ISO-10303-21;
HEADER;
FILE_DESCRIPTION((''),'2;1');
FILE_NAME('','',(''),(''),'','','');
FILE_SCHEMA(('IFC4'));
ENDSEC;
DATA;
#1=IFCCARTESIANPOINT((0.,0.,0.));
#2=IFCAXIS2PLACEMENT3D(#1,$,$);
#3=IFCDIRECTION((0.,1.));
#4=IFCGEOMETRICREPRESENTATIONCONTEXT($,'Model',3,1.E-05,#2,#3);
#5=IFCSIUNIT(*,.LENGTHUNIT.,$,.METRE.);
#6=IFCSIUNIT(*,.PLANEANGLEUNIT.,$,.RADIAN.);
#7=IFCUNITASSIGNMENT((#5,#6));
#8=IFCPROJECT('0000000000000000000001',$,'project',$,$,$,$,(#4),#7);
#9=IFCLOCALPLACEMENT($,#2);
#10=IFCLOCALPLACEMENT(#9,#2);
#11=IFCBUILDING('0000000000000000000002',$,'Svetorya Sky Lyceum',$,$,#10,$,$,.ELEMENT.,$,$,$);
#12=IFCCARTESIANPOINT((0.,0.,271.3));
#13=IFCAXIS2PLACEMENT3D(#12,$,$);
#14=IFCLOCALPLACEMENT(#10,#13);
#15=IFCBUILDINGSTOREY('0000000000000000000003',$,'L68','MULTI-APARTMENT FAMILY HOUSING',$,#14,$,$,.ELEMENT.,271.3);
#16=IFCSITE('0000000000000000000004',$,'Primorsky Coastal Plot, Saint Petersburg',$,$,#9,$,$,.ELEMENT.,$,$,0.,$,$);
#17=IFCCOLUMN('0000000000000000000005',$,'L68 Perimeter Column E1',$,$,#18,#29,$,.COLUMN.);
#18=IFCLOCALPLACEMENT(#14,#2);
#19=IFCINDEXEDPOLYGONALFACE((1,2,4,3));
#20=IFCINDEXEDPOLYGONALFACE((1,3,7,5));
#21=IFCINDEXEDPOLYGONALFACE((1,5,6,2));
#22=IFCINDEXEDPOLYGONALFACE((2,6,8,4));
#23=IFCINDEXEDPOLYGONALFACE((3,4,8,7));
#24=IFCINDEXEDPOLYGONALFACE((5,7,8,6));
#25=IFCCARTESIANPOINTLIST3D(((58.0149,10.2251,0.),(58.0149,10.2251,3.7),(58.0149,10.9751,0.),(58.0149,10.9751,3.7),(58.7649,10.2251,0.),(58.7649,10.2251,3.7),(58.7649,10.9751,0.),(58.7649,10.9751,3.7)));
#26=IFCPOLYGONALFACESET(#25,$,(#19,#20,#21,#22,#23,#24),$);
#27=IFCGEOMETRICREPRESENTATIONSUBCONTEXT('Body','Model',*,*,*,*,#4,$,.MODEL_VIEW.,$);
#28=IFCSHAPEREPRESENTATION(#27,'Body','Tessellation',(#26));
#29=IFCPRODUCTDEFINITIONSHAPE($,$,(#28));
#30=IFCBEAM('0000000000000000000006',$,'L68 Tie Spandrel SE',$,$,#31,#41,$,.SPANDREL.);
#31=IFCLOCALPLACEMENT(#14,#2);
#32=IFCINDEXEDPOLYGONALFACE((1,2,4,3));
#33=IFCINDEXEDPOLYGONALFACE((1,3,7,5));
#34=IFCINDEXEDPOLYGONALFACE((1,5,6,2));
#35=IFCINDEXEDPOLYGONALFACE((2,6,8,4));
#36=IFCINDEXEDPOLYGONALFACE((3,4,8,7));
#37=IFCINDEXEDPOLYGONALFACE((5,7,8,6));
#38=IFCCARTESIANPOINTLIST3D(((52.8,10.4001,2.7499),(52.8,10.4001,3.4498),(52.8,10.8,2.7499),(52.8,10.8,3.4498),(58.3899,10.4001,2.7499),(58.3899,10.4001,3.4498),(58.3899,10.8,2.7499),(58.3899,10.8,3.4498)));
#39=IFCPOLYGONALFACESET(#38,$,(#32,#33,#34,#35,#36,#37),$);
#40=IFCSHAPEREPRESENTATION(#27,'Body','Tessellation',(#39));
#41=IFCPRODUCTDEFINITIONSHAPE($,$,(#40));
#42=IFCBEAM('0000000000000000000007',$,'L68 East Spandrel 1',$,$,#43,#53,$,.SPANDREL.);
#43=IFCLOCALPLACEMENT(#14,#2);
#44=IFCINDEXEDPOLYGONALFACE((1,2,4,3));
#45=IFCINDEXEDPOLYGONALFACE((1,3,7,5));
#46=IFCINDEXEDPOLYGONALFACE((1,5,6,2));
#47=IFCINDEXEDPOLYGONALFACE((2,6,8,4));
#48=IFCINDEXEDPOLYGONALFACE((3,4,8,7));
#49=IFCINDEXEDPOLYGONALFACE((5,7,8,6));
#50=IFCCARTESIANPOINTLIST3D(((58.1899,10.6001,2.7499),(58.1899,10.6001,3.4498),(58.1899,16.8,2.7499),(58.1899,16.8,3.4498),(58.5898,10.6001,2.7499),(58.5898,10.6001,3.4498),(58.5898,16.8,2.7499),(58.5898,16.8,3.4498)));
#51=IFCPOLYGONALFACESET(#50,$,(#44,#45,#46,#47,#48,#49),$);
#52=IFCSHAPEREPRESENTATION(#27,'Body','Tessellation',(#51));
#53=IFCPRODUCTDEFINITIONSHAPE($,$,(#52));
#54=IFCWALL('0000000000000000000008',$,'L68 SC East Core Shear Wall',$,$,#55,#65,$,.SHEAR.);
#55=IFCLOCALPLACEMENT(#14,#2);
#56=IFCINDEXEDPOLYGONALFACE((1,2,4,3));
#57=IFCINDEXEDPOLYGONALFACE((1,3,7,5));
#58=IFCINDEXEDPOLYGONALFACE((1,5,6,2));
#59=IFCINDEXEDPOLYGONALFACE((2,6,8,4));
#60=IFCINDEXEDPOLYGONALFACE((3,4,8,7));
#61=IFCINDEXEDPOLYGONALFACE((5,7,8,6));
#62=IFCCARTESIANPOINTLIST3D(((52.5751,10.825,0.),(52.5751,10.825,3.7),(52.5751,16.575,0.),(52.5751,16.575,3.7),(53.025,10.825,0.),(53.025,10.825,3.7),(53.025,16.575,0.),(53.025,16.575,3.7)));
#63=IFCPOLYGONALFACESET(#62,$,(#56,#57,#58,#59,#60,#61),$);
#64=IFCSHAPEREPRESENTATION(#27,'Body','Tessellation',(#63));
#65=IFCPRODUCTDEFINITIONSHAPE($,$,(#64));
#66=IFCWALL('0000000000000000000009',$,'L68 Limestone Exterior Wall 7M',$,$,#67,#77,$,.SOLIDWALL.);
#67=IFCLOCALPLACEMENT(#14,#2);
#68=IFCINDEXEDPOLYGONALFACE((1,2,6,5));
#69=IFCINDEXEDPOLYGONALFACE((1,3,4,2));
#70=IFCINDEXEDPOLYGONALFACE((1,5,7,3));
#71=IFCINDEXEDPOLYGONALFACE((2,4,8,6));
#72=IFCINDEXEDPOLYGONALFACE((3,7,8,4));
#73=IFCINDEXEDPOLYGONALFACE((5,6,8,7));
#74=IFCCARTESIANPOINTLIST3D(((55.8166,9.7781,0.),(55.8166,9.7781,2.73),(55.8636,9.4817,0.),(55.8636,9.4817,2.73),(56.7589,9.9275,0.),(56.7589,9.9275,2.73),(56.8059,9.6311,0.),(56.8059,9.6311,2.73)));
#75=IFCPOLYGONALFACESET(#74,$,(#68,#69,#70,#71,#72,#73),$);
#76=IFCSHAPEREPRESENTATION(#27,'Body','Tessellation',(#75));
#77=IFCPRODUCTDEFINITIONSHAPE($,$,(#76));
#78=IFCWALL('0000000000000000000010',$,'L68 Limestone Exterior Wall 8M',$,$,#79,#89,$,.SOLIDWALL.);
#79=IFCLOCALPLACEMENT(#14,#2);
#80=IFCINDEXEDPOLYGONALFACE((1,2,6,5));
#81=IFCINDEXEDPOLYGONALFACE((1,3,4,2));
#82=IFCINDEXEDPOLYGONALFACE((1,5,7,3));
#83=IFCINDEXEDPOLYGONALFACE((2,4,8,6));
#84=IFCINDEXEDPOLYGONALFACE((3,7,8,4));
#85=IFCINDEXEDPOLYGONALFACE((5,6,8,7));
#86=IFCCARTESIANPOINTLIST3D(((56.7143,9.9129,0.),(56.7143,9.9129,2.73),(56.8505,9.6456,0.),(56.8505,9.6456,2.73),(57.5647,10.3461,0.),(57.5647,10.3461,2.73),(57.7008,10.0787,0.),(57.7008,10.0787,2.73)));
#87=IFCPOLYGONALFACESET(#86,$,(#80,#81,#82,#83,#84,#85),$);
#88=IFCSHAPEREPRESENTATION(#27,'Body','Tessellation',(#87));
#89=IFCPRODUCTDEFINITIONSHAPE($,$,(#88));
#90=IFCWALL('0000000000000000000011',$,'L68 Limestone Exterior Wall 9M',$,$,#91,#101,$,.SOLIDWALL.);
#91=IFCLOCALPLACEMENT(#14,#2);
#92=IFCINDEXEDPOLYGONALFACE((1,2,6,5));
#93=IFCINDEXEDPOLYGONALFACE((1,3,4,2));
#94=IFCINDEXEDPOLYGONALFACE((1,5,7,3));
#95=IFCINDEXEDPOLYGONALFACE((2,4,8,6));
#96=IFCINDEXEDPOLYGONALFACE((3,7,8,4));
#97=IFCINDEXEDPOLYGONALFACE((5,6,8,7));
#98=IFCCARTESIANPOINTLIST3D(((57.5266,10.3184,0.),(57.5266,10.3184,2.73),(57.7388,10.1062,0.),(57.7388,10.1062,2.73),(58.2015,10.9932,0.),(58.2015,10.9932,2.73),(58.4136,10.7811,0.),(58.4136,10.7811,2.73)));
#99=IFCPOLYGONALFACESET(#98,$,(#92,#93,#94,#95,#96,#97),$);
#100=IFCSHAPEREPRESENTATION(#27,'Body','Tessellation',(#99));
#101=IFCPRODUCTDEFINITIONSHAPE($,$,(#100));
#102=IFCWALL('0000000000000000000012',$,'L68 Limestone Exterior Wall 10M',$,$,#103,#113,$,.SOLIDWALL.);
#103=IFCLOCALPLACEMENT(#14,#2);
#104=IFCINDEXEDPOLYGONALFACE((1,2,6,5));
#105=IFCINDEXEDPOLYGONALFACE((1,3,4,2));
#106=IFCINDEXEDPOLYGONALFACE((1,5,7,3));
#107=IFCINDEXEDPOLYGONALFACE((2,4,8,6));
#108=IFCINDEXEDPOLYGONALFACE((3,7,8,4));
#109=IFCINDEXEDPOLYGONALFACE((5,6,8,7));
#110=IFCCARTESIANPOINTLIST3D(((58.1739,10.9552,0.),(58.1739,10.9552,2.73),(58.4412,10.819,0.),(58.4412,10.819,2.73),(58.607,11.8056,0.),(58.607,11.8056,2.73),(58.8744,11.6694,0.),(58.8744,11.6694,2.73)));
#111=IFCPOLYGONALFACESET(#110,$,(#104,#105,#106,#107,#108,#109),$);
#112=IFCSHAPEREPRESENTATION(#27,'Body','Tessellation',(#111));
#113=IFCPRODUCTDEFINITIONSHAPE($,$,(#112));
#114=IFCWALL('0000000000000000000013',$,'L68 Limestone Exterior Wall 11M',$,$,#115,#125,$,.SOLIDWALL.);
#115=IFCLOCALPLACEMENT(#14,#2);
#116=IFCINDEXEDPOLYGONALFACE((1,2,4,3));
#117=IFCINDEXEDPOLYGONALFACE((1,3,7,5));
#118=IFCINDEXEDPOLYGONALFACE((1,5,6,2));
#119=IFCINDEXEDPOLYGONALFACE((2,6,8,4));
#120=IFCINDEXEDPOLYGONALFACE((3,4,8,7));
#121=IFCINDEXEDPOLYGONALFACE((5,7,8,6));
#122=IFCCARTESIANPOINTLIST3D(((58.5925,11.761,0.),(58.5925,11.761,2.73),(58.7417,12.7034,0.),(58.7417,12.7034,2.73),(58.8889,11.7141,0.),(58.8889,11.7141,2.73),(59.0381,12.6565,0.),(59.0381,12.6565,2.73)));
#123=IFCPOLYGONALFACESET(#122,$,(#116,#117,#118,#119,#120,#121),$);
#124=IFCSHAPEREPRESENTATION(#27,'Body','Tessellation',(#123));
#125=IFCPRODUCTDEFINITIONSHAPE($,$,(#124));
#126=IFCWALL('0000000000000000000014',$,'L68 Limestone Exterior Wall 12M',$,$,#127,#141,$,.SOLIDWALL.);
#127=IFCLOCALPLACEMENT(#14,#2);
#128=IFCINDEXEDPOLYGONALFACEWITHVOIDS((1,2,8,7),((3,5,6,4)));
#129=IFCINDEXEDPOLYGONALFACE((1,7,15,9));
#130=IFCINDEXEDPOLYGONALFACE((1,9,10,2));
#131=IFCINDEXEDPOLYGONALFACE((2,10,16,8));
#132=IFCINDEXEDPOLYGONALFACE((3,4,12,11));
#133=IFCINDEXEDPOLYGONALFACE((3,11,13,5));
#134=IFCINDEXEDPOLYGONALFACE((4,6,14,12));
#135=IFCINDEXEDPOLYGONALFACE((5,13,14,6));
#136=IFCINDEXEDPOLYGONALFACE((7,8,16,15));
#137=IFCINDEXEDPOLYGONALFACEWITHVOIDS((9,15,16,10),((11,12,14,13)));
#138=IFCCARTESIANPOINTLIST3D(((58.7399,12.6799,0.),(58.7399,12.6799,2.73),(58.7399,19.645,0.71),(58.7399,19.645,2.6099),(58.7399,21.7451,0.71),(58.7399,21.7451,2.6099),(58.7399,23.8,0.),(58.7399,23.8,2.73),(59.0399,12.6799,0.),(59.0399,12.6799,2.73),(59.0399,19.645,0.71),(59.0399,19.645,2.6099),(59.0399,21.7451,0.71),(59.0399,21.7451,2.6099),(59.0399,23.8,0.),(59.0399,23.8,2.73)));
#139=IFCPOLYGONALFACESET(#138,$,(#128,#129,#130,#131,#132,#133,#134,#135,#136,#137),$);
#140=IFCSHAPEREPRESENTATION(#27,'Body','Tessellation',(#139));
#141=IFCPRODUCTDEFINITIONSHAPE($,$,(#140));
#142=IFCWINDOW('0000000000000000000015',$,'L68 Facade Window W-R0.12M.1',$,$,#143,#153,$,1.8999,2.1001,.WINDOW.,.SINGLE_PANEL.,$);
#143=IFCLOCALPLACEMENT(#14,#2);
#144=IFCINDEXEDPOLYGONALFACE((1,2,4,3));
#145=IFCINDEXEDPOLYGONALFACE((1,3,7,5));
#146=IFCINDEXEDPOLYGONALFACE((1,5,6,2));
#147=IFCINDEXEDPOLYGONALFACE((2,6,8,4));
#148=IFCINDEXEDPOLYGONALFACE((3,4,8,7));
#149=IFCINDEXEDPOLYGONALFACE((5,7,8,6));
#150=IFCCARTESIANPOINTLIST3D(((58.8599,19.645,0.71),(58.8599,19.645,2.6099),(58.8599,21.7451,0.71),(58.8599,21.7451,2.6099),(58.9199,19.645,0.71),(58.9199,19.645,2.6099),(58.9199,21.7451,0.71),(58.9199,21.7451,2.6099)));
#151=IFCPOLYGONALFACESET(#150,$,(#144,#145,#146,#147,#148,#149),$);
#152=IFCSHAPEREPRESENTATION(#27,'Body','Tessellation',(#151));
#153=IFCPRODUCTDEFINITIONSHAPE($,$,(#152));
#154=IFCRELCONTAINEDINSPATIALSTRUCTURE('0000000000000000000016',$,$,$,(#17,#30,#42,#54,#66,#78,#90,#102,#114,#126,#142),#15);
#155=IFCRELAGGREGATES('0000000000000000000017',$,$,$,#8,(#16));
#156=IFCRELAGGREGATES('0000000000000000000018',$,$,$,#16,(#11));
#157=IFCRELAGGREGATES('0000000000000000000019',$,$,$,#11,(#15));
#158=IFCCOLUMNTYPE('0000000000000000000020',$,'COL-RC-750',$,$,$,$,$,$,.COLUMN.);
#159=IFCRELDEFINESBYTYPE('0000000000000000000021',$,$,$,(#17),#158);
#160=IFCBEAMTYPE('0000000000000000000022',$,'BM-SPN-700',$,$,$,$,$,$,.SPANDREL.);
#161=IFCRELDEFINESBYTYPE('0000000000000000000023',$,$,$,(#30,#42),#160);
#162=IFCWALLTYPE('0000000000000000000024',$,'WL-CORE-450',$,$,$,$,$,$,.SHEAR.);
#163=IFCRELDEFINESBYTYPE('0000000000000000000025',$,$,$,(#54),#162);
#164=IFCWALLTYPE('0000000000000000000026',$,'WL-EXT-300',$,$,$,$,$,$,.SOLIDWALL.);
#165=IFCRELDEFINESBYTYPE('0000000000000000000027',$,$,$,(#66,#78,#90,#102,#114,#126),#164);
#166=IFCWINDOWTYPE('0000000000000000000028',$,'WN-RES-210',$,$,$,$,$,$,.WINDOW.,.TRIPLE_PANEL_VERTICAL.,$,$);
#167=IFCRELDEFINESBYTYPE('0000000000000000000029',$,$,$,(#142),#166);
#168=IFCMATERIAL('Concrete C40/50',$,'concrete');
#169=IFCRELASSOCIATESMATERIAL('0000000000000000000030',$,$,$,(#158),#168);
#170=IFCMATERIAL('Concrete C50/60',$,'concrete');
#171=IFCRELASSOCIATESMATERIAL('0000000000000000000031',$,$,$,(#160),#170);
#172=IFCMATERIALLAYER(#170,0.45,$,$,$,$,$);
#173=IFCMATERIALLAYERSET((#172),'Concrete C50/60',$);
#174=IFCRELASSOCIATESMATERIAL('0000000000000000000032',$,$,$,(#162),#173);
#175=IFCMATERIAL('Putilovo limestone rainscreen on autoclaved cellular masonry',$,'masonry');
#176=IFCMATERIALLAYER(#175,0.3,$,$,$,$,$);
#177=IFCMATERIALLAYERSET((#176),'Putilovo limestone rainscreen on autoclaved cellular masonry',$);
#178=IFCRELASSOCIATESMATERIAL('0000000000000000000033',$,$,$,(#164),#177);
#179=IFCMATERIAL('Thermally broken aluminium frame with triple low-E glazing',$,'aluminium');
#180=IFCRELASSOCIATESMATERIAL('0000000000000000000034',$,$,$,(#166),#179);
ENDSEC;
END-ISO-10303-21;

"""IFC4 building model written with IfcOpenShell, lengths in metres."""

from ifc_helpers import new_model, si_unit, direction, frame, frame_2d, origin, origin_2d, place, context, subcontext, project, spatial, rectangle, extrude, material, layer, layer_set, material_profile, profile_set, type_object, element, fill, save


model = new_model("IFC4")

# Units and contexts
model_context = context("Model", 3, precision=1e-05, world=origin(), true_north=direction((0.0, 1.0)))
body_context = subcontext(model_context, "Body", "Model", "MODEL_VIEW")
ifc_project = project(units=[si_unit("LENGTHUNIT", "METRE"), si_unit("PLANEANGLEUNIT", "RADIAN")], contexts=[model_context])

# Site, building, storey
site_placement = place(None, origin())
site = spatial("IfcSite", under=ifc_project, at=site_placement, Name="Primorsky Coastal Plot, Saint Petersburg", CompositionType="ELEMENT", RefElevation=0.0)
building_placement = place(site_placement, origin())
building = spatial("IfcBuilding", under=site, at=building_placement, Name="Svetorya Sky Lyceum", CompositionType="ELEMENT")
storey_placement = place(building_placement, frame((0.0, 0.0, 271.3)))
storey = spatial("IfcBuildingStorey", under=building, at=storey_placement, Name="L68", Description="MULTI-APARTMENT FAMILY HOUSING", CompositionType="ELEMENT", Elevation=271.3)

# Column
ifc_material_1 = material(Name="Concrete C40/50", Category="concrete")
ifc_material_profile_1 = material_profile(ifc_material_1, rectangle(XDim=0.75, YDim=0.75, at=origin_2d()), Name="RC COL 750x750")
ifc_profile_set_1 = profile_set([ifc_material_profile_1], Name="Concrete C40/50")
column_type = type_object("IfcColumnType", Name="COL-RC-750", PredefinedType="COLUMN", material=ifc_profile_set_1)
column_placement = place(storey_placement, frame((58.3899, 10.6001, 0.0), z_axis=(0.0, 0.0, 1.0), x_axis=(1.0, 0.0, 0.0)))
element("IfcColumn", 1, at=column_placement, inside=storey, type_object=column_type, Name="L68 Perimeter Column E1", PredefinedType="COLUMN", context=body_context, shape_type="SweptSolid", body=[
    extrude(rectangle(XDim=0.75, YDim=0.75, at=origin_2d()), origin(), (0.0, 0.0, 1.0), 3.7),
])

# Beams
ifc_material_2 = material(Name="Concrete C50/60", Category="concrete")
ifc_material_profile_2 = material_profile(ifc_material_2, rectangle(XDim=0.3999, YDim=0.7, at=origin_2d()), Name="RC SPANDREL 400x700")
ifc_profile_set_2 = profile_set([ifc_material_profile_2], Name="Concrete C50/60")
beam_type = type_object("IfcBeamType", Name="BM-SPN-700", PredefinedType="SPANDREL", material=ifc_profile_set_2)
beam_1_placement = place(storey_placement, frame((52.8, 10.6001, 3.0999), z_axis=(1.0, 0.0, 0.0), x_axis=(0.0, 1.0, 0.0)))
element("IfcBeam", 2, at=beam_1_placement, inside=storey, type_object=beam_type, Name="L68 Tie Spandrel SE", PredefinedType="SPANDREL", context=body_context, shape_type="SweptSolid", body=[
    extrude(rectangle(XDim=0.3999, YDim=0.7, at=origin_2d()), origin(), (0.0, 0.0, 1.0), 5.5898),
])
beam_2_placement = place(storey_placement, frame((58.3899, 10.6001, 3.0999), z_axis=(0.0, 1.0, 0.0), x_axis=(-1.0, 0.0, 0.0)))
element("IfcBeam", 3, at=beam_2_placement, inside=storey, type_object=beam_type, Name="L68 East Spandrel 1", PredefinedType="SPANDREL", context=body_context, shape_type="SweptSolid", body=[
    extrude(rectangle(XDim=0.3999, YDim=0.7, at=origin_2d()), origin(), (0.0, 0.0, 1.0), 6.2),
])

# Walls
ifc_layer_1 = layer(ifc_material_2, 0.45)
ifc_layer_set_1 = layer_set([ifc_layer_1], Name="Concrete C50/60")
wall_type_1 = type_object("IfcWallType", Name="WL-CORE-450", PredefinedType="SHEAR", material=ifc_layer_set_1)
wall_1_placement = place(storey_placement, frame((52.8, 10.825, 0.0), z_axis=(0.0, 0.0, 1.0), x_axis=(0.0, 1.0, 0.0)))
element("IfcWall", 4, at=wall_1_placement, inside=storey, type_object=wall_type_1, Name="L68 SC East Core Shear Wall", PredefinedType="SHEAR", context=body_context, shape_type="SweptSolid", body=[
    extrude(rectangle(XDim=5.75, YDim=0.45, at=frame_2d((2.875, 0.0))), origin(), (0.0, 0.0, 1.0), 3.7),
])
ifc_material_3 = material(Name="Putilovo limestone rainscreen on autoclaved cellular masonry", Category="masonry")
ifc_layer_2 = layer(ifc_material_3, 0.3)
ifc_layer_set_2 = layer_set([ifc_layer_2], Name="Putilovo limestone rainscreen on autoclaved cellular masonry")
wall_type_2 = type_object("IfcWallType", Name="WL-EXT-300", PredefinedType="SOLIDWALL", material=ifc_layer_set_2)
wall_2_placement = place(storey_placement, frame((55.8401, 9.6299, 0.0), z_axis=(0.0, 0.0, 1.0), x_axis=(0.987663, 0.156593, 0.0)))
element("IfcWall", 5, at=wall_2_placement, inside=storey, type_object=wall_type_2, Name="L68 Limestone Exterior Wall 7M", PredefinedType="SOLIDWALL", context=body_context, shape_type="SweptSolid", body=[
    extrude(rectangle(XDim=0.9541, YDim=0.3, at=frame_2d((0.4771, 0.0))), origin(), (0.0, 0.0, 1.0), 2.73),
])
for number, where, z_axis, x_axis, name in (
    (6, (56.7825, 9.7793, 0.0), (0.0, 0.0, 1.0), (0.891077, 0.453853, 0.0), "L68 Limestone Exterior Wall 8M"),
    (7, (57.6328, 10.2124, 0.0), (0.0, 0.0, 1.0), (0.707107, 0.707107, 0.0), "L68 Limestone Exterior Wall 9M"),
    (8, (58.3076, 10.8872, 0.0), (0.0, 0.0, 1.0), (0.453853, 0.891077, 0.0), "L68 Limestone Exterior Wall 10M"),
):
    element("IfcWall", number, at=place(storey_placement, frame(where, z_axis=z_axis, x_axis=x_axis)), inside=storey, type_object=wall_type_2, Name=name, PredefinedType="SOLIDWALL", context=body_context, shape_type="SweptSolid", body=[
        extrude(rectangle(XDim=0.9543, YDim=0.3, at=frame_2d((0.4771, 0.0))), origin(), (0.0, 0.0, 1.0), 2.73),
    ])
wall_3_placement = place(storey_placement, frame((58.7407, 11.7375, 0.0), z_axis=(0.0, 0.0, 1.0), x_axis=(0.156344, 0.987703, 0.0)))
element("IfcWall", 9, at=wall_3_placement, inside=storey, type_object=wall_type_2, Name="L68 Limestone Exterior Wall 11M", PredefinedType="SOLIDWALL", context=body_context, shape_type="SweptSolid", body=[
    extrude(rectangle(XDim=0.9541, YDim=0.3, at=frame_2d((0.4771, 0.0))), origin(), (0.0, 0.0, 1.0), 2.73),
])

# Wall, opening, window
wall_4_placement = place(storey_placement, frame((58.8899, 12.6799, 0.0), z_axis=(0.0, 0.0, 1.0), x_axis=(0.0, 1.0, 0.0)))
wall_4 = element("IfcWall", 10, at=wall_4_placement, inside=storey, type_object=wall_type_2, Name="L68 Limestone Exterior Wall 12M", PredefinedType="SOLIDWALL", context=body_context, shape_type="SweptSolid", body=[
    extrude(rectangle(XDim=11.1201, YDim=0.3, at=frame_2d((5.5601, 0.0))), origin(), (0.0, 0.0, 1.0), 2.73),
])
opening_1_placement = place(wall_4_placement, frame((6.9651, 0.0, 0.71)))
opening_1 = element("IfcOpeningElement", 11, at=opening_1_placement, cuts=wall_4, PredefinedType="OPENING", context=body_context, shape_type="SweptSolid", body=[
    extrude(rectangle(XDim=2.1001, YDim=1.8999, at=frame_2d((1.05, 0.95))), frame((0.0, 0.1599, 0.0), z_axis=(0.0, -1.0, 0.0), x_axis=(1.0, 0.0, 0.0)), (0.0, 0.0, 1.0), 0.3201),
])
ifc_material_4 = material(Name="Thermally broken aluminium frame with triple low-E glazing", Category="aluminium")
window_type = type_object("IfcWindowType", Name="WN-RES-210", PartitioningType="TRIPLE_PANEL_VERTICAL", PredefinedType="WINDOW", material=ifc_material_4)
window_placement = place(opening_1_placement, origin())
window = element("IfcWindow", 12, at=window_placement, inside=storey, type_object=window_type, Name="L68 Facade Window W-R0.12M.1", OverallHeight=1.8999, OverallWidth=2.1001, PartitioningType="SINGLE_PANEL", PredefinedType="WINDOW", context=body_context, shape_type="SweptSolid", body=[
    extrude(rectangle(XDim=2.1001, YDim=1.8999, at=frame_2d((1.05, 0.95))), frame((0.0, 0.03, 0.0), z_axis=(0.0, -1.0, 0.0), x_axis=(1.0, 0.0, 0.0)), (0.0, 0.0, 1.0), 0.0601),
])
fill(opening_1, window)

save(model, "model.ifc")
